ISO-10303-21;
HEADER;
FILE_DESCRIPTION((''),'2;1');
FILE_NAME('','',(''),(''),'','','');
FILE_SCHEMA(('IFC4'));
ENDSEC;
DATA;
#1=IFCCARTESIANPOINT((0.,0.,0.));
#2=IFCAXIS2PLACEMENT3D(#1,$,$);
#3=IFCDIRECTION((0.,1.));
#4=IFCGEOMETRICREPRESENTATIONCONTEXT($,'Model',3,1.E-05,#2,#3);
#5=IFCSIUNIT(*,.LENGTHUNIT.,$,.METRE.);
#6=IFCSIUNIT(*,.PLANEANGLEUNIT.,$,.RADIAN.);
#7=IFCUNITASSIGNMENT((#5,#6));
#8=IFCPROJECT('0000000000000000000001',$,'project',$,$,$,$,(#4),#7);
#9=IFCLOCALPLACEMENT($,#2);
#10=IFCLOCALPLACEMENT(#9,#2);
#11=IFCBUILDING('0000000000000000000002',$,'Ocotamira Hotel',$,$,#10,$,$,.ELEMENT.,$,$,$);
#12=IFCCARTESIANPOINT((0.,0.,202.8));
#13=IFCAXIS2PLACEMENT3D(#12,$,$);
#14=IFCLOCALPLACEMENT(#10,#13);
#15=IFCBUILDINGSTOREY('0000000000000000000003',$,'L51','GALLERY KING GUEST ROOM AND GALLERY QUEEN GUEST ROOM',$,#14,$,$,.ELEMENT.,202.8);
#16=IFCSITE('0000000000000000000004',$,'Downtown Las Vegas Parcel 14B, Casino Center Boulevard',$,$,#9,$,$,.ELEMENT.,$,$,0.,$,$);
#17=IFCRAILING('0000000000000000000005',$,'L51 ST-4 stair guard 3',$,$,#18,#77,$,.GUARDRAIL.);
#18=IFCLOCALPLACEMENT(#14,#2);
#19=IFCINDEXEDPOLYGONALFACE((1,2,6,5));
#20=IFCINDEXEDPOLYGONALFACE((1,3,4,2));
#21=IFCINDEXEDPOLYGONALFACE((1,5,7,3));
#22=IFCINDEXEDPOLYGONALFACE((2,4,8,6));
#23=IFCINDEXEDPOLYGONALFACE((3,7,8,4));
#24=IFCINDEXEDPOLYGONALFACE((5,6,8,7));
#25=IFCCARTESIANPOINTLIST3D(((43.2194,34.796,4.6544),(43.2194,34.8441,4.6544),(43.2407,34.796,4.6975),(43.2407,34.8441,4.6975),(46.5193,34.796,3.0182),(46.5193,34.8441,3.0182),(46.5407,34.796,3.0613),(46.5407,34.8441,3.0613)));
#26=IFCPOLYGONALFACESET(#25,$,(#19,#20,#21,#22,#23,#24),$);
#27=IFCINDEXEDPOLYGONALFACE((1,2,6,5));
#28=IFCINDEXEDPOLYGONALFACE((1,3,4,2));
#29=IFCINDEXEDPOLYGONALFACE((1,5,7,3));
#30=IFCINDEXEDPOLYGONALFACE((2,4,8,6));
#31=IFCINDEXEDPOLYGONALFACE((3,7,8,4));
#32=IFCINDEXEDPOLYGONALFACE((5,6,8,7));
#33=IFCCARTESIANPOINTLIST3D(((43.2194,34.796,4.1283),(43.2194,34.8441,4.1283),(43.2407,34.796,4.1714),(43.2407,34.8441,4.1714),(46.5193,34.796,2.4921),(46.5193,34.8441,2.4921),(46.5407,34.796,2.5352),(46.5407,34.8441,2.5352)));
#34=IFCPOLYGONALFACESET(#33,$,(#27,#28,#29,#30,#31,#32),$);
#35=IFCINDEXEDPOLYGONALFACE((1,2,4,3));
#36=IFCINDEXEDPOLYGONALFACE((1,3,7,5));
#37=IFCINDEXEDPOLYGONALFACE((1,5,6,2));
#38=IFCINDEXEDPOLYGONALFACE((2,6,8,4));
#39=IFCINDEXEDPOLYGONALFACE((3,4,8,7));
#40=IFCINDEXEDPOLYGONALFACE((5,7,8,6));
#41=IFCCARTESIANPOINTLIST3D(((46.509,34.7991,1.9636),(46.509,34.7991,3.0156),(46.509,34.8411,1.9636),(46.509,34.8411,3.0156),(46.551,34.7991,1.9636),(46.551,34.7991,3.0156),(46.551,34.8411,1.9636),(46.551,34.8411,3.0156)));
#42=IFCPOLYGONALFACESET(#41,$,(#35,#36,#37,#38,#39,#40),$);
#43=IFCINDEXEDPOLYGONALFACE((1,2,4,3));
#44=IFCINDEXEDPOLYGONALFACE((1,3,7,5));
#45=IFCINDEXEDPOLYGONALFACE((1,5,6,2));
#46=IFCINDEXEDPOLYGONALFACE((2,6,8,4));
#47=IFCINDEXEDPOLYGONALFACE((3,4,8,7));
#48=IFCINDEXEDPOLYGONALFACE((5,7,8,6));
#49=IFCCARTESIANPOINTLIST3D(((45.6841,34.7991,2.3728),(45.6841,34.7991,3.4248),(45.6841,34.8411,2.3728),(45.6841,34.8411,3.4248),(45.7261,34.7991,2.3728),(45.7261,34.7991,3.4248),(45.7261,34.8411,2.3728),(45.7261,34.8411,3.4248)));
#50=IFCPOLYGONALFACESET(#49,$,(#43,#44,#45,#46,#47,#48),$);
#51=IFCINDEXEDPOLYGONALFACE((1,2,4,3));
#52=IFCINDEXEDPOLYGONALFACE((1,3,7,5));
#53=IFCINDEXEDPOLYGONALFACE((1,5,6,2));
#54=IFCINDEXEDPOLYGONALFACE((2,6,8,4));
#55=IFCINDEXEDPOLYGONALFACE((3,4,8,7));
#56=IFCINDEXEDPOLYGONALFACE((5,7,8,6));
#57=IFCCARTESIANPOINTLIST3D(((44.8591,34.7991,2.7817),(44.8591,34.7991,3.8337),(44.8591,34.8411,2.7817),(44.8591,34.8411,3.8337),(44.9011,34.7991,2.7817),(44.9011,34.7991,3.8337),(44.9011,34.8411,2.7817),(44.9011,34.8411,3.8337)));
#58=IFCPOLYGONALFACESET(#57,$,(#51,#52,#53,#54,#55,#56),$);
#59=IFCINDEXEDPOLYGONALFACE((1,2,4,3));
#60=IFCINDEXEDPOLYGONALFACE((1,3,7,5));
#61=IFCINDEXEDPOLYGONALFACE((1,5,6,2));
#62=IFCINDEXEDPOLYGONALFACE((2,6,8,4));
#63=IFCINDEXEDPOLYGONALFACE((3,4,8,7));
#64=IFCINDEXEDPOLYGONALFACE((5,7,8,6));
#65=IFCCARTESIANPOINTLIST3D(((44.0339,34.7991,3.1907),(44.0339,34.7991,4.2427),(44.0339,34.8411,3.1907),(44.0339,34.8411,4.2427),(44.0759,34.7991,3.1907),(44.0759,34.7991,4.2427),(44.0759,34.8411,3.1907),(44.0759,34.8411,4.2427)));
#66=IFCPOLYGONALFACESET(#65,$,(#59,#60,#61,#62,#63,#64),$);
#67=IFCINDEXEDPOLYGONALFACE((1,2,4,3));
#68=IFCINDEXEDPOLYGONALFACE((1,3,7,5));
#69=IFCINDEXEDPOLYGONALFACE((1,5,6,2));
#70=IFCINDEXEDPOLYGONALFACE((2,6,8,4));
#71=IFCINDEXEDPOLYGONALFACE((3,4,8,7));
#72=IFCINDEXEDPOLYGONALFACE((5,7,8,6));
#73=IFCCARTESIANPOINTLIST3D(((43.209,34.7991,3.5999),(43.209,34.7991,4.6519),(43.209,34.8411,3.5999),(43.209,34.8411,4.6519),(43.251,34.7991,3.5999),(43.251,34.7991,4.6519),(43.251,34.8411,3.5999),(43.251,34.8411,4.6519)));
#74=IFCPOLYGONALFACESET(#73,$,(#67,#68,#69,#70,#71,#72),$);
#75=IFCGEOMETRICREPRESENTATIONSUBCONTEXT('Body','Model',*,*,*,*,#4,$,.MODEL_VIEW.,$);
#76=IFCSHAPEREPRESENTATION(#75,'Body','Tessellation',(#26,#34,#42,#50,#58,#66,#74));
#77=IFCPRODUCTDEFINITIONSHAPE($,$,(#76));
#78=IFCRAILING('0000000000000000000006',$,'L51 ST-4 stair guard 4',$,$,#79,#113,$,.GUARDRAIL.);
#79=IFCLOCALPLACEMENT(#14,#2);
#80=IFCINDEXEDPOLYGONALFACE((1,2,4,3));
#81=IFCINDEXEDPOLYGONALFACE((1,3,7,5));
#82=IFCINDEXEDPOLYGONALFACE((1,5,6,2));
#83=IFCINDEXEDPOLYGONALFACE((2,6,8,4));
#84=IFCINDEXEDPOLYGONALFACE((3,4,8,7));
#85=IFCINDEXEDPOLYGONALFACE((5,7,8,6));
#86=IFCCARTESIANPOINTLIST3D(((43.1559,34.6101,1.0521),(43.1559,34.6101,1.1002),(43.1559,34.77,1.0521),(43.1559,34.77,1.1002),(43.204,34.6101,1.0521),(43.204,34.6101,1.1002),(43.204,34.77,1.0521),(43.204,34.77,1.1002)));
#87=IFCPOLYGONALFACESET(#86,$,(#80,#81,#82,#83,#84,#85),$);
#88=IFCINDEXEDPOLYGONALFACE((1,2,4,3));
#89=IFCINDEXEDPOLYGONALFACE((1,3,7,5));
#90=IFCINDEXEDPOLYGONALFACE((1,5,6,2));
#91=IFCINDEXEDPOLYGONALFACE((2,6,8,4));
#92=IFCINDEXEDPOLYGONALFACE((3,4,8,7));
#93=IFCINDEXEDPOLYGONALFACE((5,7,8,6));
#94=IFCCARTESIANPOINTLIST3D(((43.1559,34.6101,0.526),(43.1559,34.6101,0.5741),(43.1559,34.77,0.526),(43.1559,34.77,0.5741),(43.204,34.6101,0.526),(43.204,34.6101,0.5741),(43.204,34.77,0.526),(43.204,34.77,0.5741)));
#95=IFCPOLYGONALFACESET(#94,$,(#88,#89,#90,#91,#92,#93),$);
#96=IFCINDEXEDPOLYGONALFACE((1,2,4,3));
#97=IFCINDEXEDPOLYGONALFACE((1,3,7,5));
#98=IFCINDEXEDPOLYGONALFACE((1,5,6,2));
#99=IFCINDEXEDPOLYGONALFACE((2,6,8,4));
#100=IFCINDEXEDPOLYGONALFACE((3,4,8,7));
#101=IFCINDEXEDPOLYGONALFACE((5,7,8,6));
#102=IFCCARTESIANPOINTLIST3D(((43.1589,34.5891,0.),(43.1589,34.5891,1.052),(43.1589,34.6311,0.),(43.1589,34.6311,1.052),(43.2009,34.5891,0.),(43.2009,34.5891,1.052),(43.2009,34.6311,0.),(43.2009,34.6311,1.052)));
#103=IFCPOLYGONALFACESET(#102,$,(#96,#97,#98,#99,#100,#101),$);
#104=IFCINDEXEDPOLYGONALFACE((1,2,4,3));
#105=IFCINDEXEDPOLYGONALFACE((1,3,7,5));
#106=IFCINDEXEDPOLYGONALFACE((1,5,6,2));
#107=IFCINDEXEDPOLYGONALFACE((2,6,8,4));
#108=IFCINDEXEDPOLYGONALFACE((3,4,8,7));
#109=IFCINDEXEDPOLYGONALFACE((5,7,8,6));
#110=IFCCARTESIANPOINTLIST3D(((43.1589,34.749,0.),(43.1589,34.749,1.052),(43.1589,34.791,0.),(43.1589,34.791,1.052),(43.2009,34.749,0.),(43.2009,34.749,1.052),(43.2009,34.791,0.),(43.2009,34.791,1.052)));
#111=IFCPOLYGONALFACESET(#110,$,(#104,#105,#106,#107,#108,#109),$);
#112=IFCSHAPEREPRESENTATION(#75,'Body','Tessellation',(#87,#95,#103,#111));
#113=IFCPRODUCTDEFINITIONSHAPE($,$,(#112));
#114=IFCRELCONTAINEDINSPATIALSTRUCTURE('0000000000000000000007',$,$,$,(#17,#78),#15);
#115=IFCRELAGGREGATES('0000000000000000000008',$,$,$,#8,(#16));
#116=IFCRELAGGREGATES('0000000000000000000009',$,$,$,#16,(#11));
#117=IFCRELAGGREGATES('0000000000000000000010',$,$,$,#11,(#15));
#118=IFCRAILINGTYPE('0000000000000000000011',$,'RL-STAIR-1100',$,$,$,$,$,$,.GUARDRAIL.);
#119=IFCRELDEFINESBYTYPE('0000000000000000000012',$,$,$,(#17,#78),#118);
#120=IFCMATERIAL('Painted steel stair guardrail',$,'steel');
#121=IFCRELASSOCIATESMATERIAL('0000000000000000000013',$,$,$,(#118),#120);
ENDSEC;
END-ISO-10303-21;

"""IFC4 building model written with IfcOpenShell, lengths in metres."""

from ifc_helpers import new_model, si_unit, direction, frame, origin, origin_2d, place, context, subcontext, project, spatial, rectangle, extrude, material, type_object, element, save


model = new_model("IFC4")

# Units and contexts
model_context = context("Model", 3, precision=1e-05, world=origin(), true_north=direction((0.0, 1.0)))
body_context = subcontext(model_context, "Body", "Model", "MODEL_VIEW")
ifc_project = project(units=[si_unit("LENGTHUNIT", "METRE"), si_unit("PLANEANGLEUNIT", "RADIAN")], contexts=[model_context])

# Site, building, storey
site_placement = place(None, origin())
site = spatial("IfcSite", under=ifc_project, at=site_placement, Name="Downtown Las Vegas Parcel 14B, Casino Center Boulevard", CompositionType="ELEMENT", RefElevation=0.0)
building_placement = place(site_placement, origin())
building = spatial("IfcBuilding", under=site, at=building_placement, Name="Ocotamira Hotel", CompositionType="ELEMENT")
storey_placement = place(building_placement, frame((0.0, 0.0, 202.8)))
storey = spatial("IfcBuildingStorey", under=building, at=storey_placement, Name="L51", Description="GALLERY KING GUEST ROOM AND GALLERY QUEEN GUEST ROOM", CompositionType="ELEMENT", Elevation=202.8)

# Railings
ifc_material_1 = material(Name="Painted steel stair guardrail", Category="steel")
railing_type_1 = type_object("IfcRailingType", Name="RL-STAIR-1100", PredefinedType="GUARDRAIL", material=ifc_material_1)
railing_1_placement = place(storey_placement, frame((46.53, 34.8201, 1.9636)))
element("IfcRailing", 1, at=railing_1_placement, inside=storey, type_object=railing_type_1, Name="L51 ST-4 stair guard 3", PredefinedType="GUARDRAIL", context=body_context, shape_type="SweptSolid", body=[
    extrude(rectangle(XDim=0.0481, YDim=0.0481, at=origin_2d()), frame((0.0, 0.0, 1.0762), z_axis=(-0.89592, 0.0, 0.444215), x_axis=(0.0, -1.0, 0.0)), (0.0, 0.0, 1.0), 3.6833),
    extrude(rectangle(XDim=0.0481, YDim=0.0481, at=origin_2d()), frame((0.0, 0.0, 0.55), z_axis=(-0.89592, 0.0, 0.444215), x_axis=(0.0, -1.0, 0.0)), (0.0, 0.0, 1.0), 3.6833),
    extrude(rectangle(XDim=0.042, YDim=0.042, at=origin_2d()), origin(), (0.0, 0.0, 1.0), 1.052),
    extrude(rectangle(XDim=0.042, YDim=0.042, at=origin_2d()), frame((-0.825, 0.0, 0.4092)), (0.0, 0.0, 1.0), 1.052),
    extrude(rectangle(XDim=0.042, YDim=0.042, at=origin_2d()), frame((-1.6499, 0.0, 0.8181)), (0.0, 0.0, 1.0), 1.052),
    extrude(rectangle(XDim=0.042, YDim=0.042, at=origin_2d()), frame((-2.4751, 0.0, 1.2271)), (0.0, 0.0, 1.0), 1.052),
    extrude(rectangle(XDim=0.042, YDim=0.042, at=origin_2d()), frame((-3.3, 0.0, 1.6362)), (0.0, 0.0, 1.0), 1.052),
])
railing_2_placement = place(storey_placement, frame((43.1799, 34.6101, 0.0)))
element("IfcRailing", 2, at=railing_2_placement, inside=storey, type_object=railing_type_1, Name="L51 ST-4 stair guard 4", PredefinedType="GUARDRAIL", context=body_context, shape_type="SweptSolid", body=[
    extrude(rectangle(XDim=0.0481, YDim=0.0481, at=origin_2d()), frame((0.0, 0.0, 1.0762), z_axis=(0.0, 1.0, 0.0), x_axis=(-1.0, 0.0, 0.0)), (0.0, 0.0, 1.0), 0.1599),
    extrude(rectangle(XDim=0.0481, YDim=0.0481, at=origin_2d()), frame((0.0, 0.0, 0.55), z_axis=(0.0, 1.0, 0.0), x_axis=(-1.0, 0.0, 0.0)), (0.0, 0.0, 1.0), 0.1599),
    extrude(rectangle(XDim=0.042, YDim=0.042, at=origin_2d()), origin(), (0.0, 0.0, 1.0), 1.052),
    extrude(rectangle(XDim=0.042, YDim=0.042, at=origin_2d()), frame((0.0, 0.1599, 0.0)), (0.0, 0.0, 1.0), 1.052),
])

save(model, "model.ifc")
